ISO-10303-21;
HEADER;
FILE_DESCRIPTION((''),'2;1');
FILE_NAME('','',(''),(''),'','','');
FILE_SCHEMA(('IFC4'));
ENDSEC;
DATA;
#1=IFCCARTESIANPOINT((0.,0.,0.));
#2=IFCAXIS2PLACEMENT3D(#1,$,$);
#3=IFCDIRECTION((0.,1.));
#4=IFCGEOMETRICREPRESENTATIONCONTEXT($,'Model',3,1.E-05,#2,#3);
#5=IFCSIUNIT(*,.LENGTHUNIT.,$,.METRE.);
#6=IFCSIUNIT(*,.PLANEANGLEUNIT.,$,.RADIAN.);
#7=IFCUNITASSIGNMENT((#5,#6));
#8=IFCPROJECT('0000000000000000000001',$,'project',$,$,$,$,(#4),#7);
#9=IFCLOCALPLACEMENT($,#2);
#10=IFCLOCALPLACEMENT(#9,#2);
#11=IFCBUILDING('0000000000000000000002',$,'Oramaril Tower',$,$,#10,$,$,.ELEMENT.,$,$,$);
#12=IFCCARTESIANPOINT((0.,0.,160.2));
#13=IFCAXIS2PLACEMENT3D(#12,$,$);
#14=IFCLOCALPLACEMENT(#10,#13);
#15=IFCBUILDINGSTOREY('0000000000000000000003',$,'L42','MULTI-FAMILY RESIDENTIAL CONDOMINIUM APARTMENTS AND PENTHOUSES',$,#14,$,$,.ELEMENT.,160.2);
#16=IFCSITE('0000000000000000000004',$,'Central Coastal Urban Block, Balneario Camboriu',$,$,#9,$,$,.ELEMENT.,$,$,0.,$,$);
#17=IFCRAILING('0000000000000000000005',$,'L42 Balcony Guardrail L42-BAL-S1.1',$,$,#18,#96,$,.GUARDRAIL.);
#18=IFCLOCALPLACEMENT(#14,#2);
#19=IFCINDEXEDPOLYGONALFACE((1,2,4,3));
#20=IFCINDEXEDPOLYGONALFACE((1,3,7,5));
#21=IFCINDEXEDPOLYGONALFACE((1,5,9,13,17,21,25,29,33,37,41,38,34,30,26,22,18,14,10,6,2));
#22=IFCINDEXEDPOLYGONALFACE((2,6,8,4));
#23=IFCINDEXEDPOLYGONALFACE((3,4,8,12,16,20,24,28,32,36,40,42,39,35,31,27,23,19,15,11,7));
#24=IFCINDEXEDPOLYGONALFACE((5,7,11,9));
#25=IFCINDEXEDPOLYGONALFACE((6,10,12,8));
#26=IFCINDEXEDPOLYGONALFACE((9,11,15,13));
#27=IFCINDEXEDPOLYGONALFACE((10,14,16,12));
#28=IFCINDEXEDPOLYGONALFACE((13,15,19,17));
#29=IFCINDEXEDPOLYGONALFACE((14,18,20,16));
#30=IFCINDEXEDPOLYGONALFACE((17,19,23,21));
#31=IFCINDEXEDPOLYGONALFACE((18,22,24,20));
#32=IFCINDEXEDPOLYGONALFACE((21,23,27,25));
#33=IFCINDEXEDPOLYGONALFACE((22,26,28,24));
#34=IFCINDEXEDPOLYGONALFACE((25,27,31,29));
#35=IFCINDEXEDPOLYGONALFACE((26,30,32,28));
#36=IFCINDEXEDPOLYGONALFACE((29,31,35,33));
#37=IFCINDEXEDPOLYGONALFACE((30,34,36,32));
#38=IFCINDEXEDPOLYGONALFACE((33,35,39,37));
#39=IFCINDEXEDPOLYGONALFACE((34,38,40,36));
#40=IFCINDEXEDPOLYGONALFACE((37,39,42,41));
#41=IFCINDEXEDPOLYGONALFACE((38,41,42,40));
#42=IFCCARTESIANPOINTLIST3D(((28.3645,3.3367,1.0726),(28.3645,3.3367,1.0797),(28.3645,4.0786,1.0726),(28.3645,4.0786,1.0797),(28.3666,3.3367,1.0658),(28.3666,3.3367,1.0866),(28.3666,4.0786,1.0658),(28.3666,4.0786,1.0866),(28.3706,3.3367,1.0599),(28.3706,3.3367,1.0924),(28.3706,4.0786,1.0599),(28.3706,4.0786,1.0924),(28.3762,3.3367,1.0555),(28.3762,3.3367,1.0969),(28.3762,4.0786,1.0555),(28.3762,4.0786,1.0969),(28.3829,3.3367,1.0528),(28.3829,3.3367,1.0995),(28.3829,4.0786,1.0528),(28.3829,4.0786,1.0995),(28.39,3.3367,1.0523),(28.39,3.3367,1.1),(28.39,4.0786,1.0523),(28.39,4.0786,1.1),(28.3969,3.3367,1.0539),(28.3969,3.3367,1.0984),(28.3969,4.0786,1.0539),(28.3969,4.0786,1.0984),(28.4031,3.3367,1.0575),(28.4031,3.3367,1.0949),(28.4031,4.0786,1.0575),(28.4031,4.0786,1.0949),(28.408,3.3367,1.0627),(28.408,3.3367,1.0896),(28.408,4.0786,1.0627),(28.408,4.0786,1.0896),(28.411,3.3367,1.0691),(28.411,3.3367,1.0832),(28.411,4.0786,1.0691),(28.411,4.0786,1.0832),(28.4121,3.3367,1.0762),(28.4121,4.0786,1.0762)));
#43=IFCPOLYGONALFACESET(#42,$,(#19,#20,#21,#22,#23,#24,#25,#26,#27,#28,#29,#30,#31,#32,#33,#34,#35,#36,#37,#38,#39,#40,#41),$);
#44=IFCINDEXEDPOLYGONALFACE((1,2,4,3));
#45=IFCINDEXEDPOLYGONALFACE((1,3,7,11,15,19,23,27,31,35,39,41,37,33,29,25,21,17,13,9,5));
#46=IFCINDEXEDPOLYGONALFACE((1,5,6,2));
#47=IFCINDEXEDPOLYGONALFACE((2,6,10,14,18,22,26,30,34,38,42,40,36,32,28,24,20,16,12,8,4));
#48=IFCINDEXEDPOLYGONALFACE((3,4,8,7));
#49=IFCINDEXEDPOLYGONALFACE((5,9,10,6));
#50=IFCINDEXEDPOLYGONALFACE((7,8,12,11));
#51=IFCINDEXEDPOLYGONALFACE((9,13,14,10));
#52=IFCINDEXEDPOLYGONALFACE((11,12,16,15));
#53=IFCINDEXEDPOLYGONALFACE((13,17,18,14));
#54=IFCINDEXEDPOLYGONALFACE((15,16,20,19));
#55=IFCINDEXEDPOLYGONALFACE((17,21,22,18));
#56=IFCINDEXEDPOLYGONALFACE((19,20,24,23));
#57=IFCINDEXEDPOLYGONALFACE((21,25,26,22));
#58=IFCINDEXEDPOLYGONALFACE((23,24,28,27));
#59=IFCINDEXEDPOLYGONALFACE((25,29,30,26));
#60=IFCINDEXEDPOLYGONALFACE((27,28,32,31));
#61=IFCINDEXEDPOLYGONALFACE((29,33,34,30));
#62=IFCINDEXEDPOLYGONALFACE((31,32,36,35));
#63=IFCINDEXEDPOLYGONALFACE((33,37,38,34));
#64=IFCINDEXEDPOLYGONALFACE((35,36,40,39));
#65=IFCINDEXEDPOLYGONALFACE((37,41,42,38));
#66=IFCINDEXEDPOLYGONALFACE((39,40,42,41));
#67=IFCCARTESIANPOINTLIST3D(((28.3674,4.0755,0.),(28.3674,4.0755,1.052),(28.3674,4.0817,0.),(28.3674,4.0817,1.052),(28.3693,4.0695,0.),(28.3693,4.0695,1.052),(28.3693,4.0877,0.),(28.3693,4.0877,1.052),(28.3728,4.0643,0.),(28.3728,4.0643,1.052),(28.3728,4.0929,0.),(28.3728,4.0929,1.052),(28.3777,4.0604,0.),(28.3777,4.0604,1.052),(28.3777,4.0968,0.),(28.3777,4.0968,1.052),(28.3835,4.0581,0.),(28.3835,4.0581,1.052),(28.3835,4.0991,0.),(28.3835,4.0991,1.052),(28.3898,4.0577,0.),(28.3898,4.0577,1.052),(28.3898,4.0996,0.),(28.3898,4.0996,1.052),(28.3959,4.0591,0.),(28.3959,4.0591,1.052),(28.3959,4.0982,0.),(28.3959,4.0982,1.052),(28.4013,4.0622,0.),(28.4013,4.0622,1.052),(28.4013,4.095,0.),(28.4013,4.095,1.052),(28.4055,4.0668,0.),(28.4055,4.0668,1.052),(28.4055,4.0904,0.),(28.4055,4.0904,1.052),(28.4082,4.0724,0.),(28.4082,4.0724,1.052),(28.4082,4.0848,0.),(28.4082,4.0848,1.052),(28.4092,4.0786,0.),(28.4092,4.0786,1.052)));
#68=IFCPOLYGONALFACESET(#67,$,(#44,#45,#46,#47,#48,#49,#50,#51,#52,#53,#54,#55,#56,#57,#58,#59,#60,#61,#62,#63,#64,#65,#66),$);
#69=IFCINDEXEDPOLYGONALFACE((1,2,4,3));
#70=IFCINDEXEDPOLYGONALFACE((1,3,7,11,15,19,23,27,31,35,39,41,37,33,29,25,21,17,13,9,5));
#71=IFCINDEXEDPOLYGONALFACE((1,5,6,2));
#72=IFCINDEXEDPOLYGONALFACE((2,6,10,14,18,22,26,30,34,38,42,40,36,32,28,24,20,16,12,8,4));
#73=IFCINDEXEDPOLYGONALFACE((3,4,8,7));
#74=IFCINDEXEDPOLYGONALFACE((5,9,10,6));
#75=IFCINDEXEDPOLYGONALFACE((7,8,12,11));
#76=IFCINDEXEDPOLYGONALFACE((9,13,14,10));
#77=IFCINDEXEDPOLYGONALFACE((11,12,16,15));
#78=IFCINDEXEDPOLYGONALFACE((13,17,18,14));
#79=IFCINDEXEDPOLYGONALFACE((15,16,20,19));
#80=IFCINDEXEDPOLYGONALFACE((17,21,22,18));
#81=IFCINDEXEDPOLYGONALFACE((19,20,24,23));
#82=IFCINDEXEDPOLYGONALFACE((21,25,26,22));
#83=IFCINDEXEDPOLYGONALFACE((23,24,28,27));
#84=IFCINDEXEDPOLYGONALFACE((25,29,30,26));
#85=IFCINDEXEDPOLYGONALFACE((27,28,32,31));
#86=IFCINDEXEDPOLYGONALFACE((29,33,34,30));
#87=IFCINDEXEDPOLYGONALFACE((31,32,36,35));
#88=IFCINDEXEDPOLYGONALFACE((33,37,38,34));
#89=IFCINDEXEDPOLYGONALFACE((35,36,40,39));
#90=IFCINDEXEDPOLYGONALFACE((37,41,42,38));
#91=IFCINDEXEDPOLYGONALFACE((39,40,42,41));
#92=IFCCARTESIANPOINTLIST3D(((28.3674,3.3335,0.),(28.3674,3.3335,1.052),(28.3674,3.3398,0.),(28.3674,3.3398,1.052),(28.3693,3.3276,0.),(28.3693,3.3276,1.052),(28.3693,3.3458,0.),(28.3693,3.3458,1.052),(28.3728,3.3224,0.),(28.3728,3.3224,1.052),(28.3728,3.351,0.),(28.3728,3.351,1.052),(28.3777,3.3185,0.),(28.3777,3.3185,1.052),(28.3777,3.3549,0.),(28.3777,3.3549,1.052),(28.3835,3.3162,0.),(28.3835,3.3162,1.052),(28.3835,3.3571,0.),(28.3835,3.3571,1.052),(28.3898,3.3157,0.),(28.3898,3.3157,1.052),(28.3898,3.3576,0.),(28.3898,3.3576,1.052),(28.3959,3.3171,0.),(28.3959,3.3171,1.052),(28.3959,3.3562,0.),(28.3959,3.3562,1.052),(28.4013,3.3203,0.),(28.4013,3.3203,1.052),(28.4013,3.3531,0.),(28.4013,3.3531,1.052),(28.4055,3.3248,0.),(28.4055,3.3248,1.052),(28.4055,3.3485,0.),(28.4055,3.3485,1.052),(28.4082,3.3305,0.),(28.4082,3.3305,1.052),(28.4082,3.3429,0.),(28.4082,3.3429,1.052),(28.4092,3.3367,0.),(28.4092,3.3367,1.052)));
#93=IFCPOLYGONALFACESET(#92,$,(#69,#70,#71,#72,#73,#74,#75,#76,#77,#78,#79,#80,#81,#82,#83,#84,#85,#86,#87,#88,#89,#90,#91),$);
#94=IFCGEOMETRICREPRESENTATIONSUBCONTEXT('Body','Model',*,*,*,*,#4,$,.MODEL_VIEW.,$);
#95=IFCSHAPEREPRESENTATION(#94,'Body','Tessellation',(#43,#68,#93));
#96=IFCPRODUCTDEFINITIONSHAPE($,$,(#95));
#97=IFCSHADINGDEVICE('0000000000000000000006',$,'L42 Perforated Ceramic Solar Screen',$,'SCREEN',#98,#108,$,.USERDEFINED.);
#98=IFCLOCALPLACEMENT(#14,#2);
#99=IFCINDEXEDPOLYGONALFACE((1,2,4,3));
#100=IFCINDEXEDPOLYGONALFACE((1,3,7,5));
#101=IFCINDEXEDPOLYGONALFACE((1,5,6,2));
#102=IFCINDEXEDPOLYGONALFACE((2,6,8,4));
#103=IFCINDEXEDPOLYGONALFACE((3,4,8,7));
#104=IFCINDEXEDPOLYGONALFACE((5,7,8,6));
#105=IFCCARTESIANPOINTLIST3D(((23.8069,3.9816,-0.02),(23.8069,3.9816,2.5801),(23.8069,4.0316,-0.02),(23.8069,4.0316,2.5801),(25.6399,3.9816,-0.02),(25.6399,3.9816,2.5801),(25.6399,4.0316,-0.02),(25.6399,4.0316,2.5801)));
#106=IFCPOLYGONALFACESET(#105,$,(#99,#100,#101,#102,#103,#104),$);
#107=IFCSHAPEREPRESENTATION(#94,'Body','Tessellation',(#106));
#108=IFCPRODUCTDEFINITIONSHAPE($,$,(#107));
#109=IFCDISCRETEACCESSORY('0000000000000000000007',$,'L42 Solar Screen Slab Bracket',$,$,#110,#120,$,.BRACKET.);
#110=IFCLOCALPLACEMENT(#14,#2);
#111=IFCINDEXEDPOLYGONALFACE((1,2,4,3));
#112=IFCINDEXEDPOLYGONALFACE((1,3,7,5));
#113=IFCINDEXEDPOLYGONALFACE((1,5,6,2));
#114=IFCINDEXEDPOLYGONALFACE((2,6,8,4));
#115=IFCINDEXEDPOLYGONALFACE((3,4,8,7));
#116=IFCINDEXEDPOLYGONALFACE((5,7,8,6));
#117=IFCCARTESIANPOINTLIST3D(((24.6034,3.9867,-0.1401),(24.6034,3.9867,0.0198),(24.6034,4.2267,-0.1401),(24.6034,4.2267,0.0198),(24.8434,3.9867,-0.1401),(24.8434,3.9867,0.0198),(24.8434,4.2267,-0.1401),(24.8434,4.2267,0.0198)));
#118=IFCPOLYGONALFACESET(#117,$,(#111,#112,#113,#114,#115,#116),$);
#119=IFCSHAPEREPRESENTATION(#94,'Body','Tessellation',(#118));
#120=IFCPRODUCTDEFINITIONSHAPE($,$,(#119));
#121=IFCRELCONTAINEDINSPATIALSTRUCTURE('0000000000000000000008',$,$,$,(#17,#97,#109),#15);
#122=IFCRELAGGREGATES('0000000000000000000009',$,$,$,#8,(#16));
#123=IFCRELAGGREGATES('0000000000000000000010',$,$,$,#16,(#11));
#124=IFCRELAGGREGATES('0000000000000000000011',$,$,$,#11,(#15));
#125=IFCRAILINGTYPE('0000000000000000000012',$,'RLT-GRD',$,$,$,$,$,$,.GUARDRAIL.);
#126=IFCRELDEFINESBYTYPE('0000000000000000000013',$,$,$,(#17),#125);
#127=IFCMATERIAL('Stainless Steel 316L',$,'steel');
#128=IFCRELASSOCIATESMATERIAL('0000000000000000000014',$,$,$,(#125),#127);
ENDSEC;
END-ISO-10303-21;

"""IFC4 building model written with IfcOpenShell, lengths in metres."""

from ifc_helpers import new_model, si_unit, direction, frame, origin, origin_2d, place, context, subcontext, project, spatial, rectangle, circle, extrude, material, type_object, element, save


model = new_model("IFC4")

# Units and contexts
model_context = context("Model", 3, precision=1e-05, world=origin(), true_north=direction((0.0, 1.0)))
body_context = subcontext(model_context, "Body", "Model", "MODEL_VIEW")
ifc_project = project(units=[si_unit("LENGTHUNIT", "METRE"), si_unit("PLANEANGLEUNIT", "RADIAN")], contexts=[model_context])

# Site, building, storey
site_placement = place(None, origin())
site = spatial("IfcSite", under=ifc_project, at=site_placement, Name="Central Coastal Urban Block, Balneario Camboriu", CompositionType="ELEMENT", RefElevation=0.0)
building_placement = place(site_placement, origin())
building = spatial("IfcBuilding", under=site, at=building_placement, Name="Oramaril Tower", CompositionType="ELEMENT")
storey_placement = place(building_placement, frame((0.0, 0.0, 160.2)))
storey = spatial("IfcBuildingStorey", under=building, at=storey_placement, Name="L42", Description="MULTI-FAMILY RESIDENTIAL CONDOMINIUM APARTMENTS AND PENTHOUSES", CompositionType="ELEMENT", Elevation=160.2)

# Railing
ifc_material_1 = material(Name="Stainless Steel 316L", Category="steel")
railing_type = type_object("IfcRailingType", Name="RLT-GRD", PredefinedType="GUARDRAIL", material=ifc_material_1)
railing_1_placement = place(storey_placement, frame((28.3882, 4.0786, 0.0)))
element("IfcRailing", 1, at=railing_1_placement, inside=storey, type_object=railing_type, Name="L42 Balcony Guardrail L42-BAL-S1.1", PredefinedType="GUARDRAIL", context=body_context, shape_type="SweptSolid", body=[
    extrude(circle(Radius=0.0239, at=origin_2d()), frame((0.0, 0.0, 1.0762), z_axis=(0.0, -1.0, 0.0), x_axis=(1.0, 0.0, 0.0)), (0.0, 0.0, 1.0), 0.7419),
    extrude(circle(Radius=0.021, at=origin_2d()), origin(), (0.0, 0.0, 1.0), 1.052),
    extrude(circle(Radius=0.021, at=origin_2d()), frame((0.0, -0.7419, 0.0)), (0.0, 0.0, 1.0), 1.052),
])

# Shading device
shading_device_placement = place(storey_placement, frame((24.7234, 4.0066, -0.02), z_axis=(0.0, 0.0, 1.0), x_axis=(1.0, 0.0, 0.0)))
element("IfcShadingDevice", 2, at=shading_device_placement, inside=storey, Name="L42 Perforated Ceramic Solar Screen", ObjectType="SCREEN", PredefinedType="USERDEFINED", context=body_context, shape_type="SweptSolid", body=[
    extrude(rectangle(XDim=1.833, YDim=0.05, at=origin_2d()), origin(), (0.0, 0.0, 1.0), 2.6001),
])

# Discrete accessory
discrete_accessory_placement = place(storey_placement, frame((24.7234, 4.1067, -0.1401), z_axis=(0.0, 0.0, 1.0), x_axis=(1.0, 0.0, 0.0)))
element("IfcDiscreteAccessory", 3, at=discrete_accessory_placement, inside=storey, Name="L42 Solar Screen Slab Bracket", PredefinedType="BRACKET", context=body_context, shape_type="SweptSolid", body=[
    extrude(rectangle(XDim=0.24, YDim=0.24, at=origin_2d()), origin(), (0.0, 0.0, 1.0), 0.1599),
])

save(model, "model.ifc")
